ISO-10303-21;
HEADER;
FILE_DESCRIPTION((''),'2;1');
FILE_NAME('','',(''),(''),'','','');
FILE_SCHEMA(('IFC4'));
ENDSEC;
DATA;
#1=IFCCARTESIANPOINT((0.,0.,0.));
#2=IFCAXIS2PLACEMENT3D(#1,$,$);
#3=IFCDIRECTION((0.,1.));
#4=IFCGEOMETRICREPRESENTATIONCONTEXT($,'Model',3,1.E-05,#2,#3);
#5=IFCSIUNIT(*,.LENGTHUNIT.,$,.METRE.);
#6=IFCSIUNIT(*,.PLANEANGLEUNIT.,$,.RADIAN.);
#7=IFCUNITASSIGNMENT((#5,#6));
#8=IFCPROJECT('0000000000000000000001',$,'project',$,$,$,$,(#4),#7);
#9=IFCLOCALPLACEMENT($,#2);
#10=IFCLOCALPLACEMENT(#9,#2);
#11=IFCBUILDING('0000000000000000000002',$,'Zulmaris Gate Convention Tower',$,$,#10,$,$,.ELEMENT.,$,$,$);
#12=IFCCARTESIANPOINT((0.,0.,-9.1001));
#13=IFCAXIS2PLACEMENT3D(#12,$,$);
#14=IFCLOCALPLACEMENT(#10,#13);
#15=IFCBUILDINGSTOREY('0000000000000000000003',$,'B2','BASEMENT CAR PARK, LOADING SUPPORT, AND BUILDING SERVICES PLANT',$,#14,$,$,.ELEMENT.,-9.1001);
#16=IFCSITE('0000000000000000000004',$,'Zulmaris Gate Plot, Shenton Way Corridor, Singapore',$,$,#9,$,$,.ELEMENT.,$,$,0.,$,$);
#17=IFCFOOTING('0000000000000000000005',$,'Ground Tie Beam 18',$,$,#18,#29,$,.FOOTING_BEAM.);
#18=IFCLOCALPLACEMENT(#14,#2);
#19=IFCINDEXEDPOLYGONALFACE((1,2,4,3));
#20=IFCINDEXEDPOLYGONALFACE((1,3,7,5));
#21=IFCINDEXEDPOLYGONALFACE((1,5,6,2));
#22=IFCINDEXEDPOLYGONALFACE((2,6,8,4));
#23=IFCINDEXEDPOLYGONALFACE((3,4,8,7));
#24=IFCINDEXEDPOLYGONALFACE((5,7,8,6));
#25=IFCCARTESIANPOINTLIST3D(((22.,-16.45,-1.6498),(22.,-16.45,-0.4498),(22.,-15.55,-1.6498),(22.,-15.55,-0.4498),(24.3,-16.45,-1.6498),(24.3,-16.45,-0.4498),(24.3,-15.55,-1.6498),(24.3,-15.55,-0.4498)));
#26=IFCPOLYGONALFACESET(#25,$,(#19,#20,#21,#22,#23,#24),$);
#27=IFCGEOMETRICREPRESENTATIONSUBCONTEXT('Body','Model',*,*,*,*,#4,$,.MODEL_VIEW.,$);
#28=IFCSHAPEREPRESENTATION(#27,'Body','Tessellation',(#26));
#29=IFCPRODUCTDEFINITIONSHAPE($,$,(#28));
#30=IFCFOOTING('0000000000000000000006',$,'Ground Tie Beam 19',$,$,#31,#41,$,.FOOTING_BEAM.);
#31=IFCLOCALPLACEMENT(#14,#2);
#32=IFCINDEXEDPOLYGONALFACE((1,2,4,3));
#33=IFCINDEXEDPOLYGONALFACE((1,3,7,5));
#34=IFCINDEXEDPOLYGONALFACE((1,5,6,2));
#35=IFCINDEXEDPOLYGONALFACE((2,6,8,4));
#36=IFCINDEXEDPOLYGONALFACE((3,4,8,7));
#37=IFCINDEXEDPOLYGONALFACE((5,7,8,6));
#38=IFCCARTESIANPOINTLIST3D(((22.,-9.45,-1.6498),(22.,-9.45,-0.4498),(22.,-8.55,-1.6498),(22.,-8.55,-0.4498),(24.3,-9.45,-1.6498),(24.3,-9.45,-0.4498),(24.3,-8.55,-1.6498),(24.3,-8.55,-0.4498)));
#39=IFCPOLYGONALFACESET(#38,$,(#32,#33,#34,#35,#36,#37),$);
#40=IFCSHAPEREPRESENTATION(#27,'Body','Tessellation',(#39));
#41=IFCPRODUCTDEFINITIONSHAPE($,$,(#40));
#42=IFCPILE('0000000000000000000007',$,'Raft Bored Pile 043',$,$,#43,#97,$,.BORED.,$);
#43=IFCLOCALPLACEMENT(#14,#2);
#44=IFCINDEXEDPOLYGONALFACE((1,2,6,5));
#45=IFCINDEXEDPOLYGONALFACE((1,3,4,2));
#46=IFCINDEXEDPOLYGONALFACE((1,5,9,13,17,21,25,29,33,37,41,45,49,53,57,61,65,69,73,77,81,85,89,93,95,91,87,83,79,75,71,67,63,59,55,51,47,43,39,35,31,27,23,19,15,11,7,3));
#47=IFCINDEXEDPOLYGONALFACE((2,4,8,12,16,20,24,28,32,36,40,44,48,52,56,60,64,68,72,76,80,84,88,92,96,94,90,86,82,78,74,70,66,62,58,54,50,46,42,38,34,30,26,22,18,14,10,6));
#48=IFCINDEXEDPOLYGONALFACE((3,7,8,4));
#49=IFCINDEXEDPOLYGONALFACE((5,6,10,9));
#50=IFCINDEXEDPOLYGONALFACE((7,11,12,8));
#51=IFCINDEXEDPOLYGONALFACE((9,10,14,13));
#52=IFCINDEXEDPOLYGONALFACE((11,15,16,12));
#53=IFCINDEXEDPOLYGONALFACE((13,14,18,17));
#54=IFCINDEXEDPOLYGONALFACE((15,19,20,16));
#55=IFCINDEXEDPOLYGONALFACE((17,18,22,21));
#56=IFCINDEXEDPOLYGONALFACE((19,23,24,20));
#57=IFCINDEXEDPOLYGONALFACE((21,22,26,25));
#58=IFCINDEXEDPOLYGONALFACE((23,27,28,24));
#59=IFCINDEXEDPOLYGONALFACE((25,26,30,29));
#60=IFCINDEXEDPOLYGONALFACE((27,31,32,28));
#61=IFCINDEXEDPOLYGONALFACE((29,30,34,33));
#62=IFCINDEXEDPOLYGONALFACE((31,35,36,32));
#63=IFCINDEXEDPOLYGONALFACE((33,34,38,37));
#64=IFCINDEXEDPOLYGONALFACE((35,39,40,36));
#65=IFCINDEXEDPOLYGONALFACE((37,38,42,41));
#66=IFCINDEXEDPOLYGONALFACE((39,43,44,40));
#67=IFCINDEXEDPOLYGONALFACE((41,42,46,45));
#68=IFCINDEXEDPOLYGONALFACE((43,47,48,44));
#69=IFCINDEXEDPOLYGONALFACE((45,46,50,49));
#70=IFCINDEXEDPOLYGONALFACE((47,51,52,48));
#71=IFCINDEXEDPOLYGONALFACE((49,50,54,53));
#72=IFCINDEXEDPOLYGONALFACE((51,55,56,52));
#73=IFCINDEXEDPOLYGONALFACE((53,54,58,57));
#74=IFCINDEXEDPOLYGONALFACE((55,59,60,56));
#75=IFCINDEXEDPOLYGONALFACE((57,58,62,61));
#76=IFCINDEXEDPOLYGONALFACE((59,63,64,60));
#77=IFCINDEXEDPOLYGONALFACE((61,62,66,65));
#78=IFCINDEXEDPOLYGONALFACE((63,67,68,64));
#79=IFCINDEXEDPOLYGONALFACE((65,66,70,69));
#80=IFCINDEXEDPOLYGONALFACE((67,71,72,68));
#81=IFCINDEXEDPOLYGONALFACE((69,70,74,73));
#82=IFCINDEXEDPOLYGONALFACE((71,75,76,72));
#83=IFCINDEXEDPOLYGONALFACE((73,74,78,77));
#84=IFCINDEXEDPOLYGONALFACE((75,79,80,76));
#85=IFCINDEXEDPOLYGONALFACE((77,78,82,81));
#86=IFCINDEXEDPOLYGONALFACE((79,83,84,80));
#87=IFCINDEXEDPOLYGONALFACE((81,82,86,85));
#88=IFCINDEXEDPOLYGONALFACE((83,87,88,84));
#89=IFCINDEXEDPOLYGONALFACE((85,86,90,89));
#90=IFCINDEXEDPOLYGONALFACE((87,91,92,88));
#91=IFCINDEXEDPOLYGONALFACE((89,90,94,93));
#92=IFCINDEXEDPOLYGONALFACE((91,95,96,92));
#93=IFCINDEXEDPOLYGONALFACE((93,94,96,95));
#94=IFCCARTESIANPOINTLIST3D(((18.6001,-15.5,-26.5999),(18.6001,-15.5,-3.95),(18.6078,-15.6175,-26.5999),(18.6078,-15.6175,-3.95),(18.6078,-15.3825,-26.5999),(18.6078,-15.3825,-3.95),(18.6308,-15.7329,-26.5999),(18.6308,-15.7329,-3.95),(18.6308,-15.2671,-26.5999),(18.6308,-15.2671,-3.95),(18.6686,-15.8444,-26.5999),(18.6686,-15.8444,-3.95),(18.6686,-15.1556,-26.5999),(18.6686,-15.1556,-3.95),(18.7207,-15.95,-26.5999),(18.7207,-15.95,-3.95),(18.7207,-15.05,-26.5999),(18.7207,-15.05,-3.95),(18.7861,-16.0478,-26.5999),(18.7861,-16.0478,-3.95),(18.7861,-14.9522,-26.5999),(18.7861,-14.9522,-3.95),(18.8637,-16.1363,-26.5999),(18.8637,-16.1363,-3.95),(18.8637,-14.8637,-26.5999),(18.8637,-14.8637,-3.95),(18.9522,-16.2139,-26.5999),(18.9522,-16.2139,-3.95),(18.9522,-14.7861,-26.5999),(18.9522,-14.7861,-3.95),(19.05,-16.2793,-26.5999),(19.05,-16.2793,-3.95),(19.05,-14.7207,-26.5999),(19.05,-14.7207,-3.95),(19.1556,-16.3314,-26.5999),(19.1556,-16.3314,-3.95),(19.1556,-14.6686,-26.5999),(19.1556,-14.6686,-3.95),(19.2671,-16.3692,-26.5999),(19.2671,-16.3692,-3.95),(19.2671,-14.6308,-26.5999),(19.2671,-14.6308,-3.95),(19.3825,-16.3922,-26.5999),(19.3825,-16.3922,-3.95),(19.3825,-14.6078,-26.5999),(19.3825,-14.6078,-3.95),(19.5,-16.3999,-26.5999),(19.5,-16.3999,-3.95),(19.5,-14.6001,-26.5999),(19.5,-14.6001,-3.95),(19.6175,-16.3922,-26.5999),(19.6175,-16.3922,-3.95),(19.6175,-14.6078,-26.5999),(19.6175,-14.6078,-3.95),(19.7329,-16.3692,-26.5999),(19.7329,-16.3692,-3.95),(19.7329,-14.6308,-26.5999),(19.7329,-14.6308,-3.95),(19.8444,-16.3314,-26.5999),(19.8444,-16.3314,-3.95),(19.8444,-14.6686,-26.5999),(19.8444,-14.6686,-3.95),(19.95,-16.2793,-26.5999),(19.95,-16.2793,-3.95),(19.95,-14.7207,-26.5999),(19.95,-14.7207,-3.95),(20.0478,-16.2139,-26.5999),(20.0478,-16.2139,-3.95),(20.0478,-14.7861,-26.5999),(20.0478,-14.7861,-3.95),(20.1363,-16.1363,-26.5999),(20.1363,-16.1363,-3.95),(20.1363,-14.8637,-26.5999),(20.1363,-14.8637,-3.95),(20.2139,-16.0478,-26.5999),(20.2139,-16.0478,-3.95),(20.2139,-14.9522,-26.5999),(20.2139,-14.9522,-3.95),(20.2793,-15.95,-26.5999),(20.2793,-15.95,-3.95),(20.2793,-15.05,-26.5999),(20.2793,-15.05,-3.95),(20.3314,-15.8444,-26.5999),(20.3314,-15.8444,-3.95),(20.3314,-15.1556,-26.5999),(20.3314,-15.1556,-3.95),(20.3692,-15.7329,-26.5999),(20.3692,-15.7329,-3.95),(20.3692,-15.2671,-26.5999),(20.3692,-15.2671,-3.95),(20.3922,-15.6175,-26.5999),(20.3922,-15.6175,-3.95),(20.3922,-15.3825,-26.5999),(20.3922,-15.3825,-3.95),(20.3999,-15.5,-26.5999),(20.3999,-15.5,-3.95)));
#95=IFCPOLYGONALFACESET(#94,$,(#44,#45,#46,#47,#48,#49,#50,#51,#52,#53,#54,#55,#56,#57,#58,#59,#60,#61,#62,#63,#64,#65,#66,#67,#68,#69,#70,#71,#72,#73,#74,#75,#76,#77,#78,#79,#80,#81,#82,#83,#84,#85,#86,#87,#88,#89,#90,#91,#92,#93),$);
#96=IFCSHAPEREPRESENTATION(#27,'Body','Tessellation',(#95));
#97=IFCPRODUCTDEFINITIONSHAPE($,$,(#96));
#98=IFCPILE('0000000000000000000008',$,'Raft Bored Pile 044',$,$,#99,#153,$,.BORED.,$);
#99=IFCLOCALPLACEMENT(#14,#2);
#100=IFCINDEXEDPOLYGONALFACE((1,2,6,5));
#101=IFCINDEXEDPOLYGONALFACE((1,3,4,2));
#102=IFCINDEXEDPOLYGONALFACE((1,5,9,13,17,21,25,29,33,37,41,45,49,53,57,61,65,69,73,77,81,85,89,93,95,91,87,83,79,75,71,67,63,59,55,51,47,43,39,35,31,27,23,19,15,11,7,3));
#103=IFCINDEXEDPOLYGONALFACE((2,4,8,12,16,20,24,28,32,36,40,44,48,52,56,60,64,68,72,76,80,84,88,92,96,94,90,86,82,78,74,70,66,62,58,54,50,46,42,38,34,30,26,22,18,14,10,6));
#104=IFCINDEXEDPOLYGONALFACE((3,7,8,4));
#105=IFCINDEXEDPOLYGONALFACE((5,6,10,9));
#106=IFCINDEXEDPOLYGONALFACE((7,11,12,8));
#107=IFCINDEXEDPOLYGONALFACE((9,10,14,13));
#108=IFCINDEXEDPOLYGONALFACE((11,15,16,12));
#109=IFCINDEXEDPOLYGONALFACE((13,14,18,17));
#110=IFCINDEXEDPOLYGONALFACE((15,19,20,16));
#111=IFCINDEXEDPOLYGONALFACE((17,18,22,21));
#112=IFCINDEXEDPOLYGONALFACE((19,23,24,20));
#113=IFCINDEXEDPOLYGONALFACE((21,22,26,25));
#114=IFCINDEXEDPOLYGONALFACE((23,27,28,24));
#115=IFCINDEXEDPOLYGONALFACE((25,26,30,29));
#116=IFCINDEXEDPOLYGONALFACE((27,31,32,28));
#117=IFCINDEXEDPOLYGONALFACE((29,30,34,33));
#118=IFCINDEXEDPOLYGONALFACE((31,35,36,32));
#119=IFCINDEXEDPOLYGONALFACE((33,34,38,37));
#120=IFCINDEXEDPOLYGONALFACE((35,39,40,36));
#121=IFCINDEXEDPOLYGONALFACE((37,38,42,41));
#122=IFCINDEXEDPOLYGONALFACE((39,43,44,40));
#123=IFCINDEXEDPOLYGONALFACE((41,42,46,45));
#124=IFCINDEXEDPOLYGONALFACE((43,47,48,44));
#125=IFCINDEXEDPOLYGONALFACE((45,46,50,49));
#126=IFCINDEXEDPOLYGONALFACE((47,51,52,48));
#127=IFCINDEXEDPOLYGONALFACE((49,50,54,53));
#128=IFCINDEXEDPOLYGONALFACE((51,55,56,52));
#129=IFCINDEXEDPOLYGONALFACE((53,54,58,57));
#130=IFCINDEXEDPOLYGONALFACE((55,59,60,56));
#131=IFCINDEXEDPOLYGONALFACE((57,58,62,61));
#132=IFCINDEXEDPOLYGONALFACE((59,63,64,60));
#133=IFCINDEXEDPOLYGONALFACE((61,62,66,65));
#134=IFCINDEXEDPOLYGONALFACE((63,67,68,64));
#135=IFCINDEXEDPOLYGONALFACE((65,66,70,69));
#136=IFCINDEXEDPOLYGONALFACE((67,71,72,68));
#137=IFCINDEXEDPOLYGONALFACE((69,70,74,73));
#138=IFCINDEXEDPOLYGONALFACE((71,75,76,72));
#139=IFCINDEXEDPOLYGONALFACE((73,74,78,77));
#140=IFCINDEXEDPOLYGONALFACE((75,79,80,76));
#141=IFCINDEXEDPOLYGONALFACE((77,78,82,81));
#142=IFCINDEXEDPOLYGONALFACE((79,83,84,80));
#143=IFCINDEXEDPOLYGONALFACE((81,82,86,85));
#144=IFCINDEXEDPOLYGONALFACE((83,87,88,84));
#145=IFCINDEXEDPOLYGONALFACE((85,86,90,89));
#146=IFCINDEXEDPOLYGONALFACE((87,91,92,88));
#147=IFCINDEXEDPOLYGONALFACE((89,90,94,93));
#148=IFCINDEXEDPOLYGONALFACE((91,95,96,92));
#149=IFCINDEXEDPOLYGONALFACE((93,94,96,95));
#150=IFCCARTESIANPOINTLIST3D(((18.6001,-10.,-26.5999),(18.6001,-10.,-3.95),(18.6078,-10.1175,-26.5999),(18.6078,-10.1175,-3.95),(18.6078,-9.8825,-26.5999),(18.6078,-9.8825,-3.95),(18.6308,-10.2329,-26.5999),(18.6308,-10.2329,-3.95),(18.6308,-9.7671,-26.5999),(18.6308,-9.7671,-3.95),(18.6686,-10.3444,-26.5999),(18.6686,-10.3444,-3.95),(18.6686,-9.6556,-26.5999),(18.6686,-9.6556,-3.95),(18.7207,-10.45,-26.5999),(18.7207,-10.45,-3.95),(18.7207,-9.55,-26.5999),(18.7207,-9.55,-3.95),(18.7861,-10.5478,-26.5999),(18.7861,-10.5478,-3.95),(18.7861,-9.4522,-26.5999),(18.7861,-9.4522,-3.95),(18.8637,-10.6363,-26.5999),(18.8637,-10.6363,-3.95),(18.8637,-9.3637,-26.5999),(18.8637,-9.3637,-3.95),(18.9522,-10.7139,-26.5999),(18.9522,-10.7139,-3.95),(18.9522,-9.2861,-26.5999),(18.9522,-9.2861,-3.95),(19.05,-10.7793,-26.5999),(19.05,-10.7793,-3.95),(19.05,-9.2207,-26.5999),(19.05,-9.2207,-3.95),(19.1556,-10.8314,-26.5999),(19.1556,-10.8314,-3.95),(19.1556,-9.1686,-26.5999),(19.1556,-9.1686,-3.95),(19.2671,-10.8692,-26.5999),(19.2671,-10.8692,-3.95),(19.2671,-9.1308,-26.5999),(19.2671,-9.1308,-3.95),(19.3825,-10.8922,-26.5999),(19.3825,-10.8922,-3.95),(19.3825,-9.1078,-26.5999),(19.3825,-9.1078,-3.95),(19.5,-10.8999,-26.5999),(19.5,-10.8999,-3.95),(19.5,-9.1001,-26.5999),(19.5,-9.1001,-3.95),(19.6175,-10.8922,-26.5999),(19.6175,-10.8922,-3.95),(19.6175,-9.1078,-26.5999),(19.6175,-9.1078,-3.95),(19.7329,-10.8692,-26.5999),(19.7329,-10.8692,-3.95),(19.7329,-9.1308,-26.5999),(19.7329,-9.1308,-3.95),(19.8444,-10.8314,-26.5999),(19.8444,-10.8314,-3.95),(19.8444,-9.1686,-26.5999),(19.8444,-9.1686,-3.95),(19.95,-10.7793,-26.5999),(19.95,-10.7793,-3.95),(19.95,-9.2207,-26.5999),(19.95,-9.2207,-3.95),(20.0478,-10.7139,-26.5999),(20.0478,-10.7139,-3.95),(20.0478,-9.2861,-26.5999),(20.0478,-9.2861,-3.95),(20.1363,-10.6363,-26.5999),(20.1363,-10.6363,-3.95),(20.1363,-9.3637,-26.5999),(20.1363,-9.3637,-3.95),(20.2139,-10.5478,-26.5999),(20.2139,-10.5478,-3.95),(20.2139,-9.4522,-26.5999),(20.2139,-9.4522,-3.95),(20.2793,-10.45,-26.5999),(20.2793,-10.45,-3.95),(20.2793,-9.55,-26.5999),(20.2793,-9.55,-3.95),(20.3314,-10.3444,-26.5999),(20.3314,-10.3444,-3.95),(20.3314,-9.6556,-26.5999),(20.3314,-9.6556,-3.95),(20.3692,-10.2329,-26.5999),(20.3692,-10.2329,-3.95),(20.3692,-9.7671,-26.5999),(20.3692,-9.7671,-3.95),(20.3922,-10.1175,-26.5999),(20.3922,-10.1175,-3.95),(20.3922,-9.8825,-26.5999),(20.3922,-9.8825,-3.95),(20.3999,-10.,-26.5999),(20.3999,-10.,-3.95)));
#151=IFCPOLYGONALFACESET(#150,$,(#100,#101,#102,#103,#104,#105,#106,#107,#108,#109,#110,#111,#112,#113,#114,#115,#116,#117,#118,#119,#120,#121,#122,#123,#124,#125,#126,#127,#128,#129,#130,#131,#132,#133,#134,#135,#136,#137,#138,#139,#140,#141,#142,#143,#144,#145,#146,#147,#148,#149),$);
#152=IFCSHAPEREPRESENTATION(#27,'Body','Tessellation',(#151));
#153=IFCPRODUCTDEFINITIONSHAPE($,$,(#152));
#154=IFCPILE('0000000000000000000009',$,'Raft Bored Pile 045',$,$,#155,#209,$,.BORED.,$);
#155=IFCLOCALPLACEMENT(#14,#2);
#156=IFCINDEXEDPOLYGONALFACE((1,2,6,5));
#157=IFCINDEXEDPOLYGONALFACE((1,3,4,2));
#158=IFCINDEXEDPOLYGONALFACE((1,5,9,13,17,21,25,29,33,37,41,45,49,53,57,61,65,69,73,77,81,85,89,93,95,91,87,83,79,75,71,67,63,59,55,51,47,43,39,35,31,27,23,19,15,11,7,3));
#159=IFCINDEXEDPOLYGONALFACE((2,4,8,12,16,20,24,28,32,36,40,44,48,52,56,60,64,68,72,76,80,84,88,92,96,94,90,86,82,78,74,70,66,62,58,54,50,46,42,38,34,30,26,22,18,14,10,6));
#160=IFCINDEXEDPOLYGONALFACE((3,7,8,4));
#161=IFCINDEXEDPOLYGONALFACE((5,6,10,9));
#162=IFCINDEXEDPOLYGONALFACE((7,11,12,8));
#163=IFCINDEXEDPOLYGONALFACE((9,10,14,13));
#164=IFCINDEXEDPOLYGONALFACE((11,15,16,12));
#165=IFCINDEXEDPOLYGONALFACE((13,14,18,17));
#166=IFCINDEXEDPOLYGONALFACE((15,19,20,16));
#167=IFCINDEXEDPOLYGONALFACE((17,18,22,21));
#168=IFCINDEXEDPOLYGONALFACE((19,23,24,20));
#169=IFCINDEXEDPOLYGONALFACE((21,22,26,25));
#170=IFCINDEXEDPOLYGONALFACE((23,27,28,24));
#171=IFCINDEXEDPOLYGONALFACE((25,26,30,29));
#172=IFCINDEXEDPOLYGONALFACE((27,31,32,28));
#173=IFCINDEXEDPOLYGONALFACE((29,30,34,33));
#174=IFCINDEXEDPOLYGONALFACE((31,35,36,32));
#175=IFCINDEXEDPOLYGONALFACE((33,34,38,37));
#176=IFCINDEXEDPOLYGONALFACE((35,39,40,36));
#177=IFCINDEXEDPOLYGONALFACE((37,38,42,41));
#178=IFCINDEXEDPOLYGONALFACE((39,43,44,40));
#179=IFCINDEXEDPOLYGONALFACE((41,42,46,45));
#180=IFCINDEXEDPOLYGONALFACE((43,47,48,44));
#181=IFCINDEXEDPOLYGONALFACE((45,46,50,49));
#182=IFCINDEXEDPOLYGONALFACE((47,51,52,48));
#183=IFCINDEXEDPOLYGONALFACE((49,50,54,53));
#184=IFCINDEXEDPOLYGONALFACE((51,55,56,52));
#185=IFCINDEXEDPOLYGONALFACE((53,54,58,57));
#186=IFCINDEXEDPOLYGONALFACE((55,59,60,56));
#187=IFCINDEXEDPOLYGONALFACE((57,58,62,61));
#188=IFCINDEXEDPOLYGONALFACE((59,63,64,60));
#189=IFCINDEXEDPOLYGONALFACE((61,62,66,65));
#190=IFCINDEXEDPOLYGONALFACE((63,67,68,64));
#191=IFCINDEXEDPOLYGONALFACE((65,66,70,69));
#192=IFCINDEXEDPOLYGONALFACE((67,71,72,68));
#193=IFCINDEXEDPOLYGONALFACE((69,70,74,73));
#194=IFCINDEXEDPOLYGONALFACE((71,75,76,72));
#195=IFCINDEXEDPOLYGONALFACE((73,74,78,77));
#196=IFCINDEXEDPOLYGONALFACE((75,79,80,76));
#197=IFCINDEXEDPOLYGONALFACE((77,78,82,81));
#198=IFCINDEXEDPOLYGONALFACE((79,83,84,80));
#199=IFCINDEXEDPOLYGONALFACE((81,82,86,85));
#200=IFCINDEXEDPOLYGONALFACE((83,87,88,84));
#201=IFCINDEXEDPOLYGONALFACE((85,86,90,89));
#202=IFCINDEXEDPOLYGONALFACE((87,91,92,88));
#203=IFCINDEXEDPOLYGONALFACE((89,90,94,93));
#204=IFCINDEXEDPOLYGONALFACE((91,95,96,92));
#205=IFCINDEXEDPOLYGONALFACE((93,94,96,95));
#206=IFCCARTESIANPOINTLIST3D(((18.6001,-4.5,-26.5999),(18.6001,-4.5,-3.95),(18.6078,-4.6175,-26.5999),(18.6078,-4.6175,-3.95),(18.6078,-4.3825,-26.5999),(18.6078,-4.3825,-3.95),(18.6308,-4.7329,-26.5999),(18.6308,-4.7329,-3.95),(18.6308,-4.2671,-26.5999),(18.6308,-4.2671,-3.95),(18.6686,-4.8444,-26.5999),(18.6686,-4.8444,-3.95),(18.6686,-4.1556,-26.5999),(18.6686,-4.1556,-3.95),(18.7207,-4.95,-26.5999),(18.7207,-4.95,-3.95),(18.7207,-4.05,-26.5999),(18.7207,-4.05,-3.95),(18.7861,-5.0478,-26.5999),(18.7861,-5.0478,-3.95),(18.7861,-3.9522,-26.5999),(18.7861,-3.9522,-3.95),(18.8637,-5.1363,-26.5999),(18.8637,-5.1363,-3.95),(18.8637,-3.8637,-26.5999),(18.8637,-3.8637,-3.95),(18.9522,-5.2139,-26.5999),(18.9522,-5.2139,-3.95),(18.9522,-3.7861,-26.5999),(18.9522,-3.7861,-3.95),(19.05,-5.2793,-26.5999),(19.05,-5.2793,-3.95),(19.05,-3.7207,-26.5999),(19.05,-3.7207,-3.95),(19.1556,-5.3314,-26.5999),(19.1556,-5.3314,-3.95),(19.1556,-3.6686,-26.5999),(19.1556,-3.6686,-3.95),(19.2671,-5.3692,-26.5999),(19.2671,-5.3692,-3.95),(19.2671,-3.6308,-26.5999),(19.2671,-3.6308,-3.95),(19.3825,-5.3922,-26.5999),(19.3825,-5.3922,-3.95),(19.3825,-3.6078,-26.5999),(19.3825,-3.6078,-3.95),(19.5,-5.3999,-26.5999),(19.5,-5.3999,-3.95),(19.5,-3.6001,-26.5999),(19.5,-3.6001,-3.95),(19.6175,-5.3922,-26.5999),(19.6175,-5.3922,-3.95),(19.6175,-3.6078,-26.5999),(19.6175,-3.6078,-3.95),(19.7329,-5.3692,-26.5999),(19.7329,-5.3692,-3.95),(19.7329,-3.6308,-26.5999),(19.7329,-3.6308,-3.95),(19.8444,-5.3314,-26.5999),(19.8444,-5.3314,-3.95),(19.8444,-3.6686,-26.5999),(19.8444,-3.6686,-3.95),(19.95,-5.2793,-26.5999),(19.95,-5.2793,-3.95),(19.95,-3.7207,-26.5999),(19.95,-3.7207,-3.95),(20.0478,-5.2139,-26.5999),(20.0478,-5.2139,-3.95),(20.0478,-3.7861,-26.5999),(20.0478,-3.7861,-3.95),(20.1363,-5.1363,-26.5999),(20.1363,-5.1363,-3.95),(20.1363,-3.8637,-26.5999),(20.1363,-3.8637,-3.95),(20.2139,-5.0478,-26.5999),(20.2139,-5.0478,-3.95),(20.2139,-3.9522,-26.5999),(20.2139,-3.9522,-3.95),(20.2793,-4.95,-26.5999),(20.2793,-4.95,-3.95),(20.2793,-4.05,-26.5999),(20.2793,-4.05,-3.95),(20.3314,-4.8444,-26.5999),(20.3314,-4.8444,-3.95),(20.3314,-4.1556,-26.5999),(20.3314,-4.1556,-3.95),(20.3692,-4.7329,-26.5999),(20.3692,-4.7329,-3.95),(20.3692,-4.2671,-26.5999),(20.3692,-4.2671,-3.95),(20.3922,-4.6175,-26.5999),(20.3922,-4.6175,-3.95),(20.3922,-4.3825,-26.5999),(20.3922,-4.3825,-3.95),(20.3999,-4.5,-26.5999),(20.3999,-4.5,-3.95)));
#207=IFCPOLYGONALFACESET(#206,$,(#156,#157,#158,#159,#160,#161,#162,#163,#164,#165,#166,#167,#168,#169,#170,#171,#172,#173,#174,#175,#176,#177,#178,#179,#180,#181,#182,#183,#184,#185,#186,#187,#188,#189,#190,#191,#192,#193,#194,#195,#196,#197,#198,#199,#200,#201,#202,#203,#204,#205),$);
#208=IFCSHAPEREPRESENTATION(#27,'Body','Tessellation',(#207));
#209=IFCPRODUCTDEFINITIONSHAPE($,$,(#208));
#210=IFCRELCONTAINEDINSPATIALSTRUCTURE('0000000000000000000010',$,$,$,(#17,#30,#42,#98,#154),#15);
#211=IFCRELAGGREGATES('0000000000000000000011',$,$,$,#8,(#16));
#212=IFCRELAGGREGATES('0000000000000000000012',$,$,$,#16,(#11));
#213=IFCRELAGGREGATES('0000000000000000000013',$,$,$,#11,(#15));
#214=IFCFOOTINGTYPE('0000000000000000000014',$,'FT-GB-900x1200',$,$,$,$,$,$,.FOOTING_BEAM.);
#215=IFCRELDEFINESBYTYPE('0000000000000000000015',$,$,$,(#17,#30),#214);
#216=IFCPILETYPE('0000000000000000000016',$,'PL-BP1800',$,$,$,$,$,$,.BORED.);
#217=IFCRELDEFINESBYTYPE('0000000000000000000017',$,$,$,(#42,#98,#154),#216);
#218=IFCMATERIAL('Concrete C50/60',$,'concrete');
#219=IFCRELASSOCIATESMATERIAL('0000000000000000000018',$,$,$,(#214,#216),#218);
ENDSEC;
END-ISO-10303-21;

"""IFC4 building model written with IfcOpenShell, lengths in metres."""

from ifc_helpers import new_model, si_unit, direction, frame, origin, origin_2d, place, context, subcontext, project, spatial, rectangle, circle, extrude, material, material_profile, profile_set, type_object, element, save


model = new_model("IFC4")

# Units and contexts
model_context = context("Model", 3, precision=1e-05, world=origin(), true_north=direction((0.0, 1.0)))
body_context = subcontext(model_context, "Body", "Model", "MODEL_VIEW")
ifc_project = project(units=[si_unit("LENGTHUNIT", "METRE"), si_unit("PLANEANGLEUNIT", "RADIAN")], contexts=[model_context])

# Site, building, storey
site_placement = place(None, origin())
site = spatial("IfcSite", under=ifc_project, at=site_placement, Name="Zulmaris Gate Plot, Shenton Way Corridor, Singapore", CompositionType="ELEMENT", RefElevation=0.0)
building_placement = place(site_placement, origin())
building = spatial("IfcBuilding", under=site, at=building_placement, Name="Zulmaris Gate Convention Tower", CompositionType="ELEMENT")
storey_placement = place(building_placement, frame((0.0, 0.0, -9.1001)))
storey = spatial("IfcBuildingStorey", under=building, at=storey_placement, Name="B2", Description="BASEMENT CAR PARK, LOADING SUPPORT, AND BUILDING SERVICES PLANT", CompositionType="ELEMENT", Elevation=-9.1001)

# Footings
ifc_material_1 = material(Name="Concrete C50/60", Category="concrete")
ifc_material_profile_1 = material_profile(ifc_material_1, rectangle(XDim=0.8999, YDim=1.2, at=origin_2d()), Name="RC TIE 900x1200")
ifc_profile_set_1 = profile_set([ifc_material_profile_1], Name="Concrete C50/60")
footing_type = type_object("IfcFootingType", Name="FT-GB-900x1200", PredefinedType="FOOTING_BEAM", material=ifc_profile_set_1)
for number, where, z_axis, x_axis, name in (
    (1, (22.0, -16.0, -1.0498), (1.0, 0.0, 0.0), (0.0, 1.0, 0.0), "Ground Tie Beam 18"),
    (2, (22.0, -9.0, -1.0498), (1.0, 0.0, 0.0), (0.0, 1.0, 0.0), "Ground Tie Beam 19"),
):
    element("IfcFooting", number, at=place(storey_placement, frame(where, z_axis=z_axis, x_axis=x_axis)), inside=storey, type_object=footing_type, Name=name, PredefinedType="FOOTING_BEAM", context=body_context, shape_type="SweptSolid", body=[
        extrude(rectangle(XDim=0.8999, YDim=1.2, at=origin_2d()), origin(), (0.0, 0.0, 1.0), 2.3),
    ])

# Piles
ifc_material_profile_2 = material_profile(ifc_material_1, circle(Radius=0.8999, at=origin_2d()), Name="BORED PILE 1800")
ifc_profile_set_2 = profile_set([ifc_material_profile_2], Name="Concrete C50/60")
pile_type = type_object("IfcPileType", Name="PL-BP1800", PredefinedType="BORED", material=ifc_profile_set_2)
for number, where, z_axis, x_axis, name in (
    (3, (19.5, -15.5, -3.95), (0.0, 0.0, -1.0), (1.0, 0.0, 0.0), "Raft Bored Pile 043"),
    (4, (19.5, -10.0, -3.95), (0.0, 0.0, -1.0), (1.0, 0.0, 0.0), "Raft Bored Pile 044"),
    (5, (19.5, -4.5, -3.95), (0.0, 0.0, -1.0), (1.0, 0.0, 0.0), "Raft Bored Pile 045"),
):
    element("IfcPile", number, at=place(storey_placement, frame(where, z_axis=z_axis, x_axis=x_axis)), inside=storey, type_object=pile_type, Name=name, PredefinedType="BORED", context=body_context, shape_type="SweptSolid", body=[
        extrude(circle(Radius=0.8999, at=origin_2d()), origin(), (0.0, 0.0, 1.0), 22.6499),
    ])

save(model, "model.ifc")
